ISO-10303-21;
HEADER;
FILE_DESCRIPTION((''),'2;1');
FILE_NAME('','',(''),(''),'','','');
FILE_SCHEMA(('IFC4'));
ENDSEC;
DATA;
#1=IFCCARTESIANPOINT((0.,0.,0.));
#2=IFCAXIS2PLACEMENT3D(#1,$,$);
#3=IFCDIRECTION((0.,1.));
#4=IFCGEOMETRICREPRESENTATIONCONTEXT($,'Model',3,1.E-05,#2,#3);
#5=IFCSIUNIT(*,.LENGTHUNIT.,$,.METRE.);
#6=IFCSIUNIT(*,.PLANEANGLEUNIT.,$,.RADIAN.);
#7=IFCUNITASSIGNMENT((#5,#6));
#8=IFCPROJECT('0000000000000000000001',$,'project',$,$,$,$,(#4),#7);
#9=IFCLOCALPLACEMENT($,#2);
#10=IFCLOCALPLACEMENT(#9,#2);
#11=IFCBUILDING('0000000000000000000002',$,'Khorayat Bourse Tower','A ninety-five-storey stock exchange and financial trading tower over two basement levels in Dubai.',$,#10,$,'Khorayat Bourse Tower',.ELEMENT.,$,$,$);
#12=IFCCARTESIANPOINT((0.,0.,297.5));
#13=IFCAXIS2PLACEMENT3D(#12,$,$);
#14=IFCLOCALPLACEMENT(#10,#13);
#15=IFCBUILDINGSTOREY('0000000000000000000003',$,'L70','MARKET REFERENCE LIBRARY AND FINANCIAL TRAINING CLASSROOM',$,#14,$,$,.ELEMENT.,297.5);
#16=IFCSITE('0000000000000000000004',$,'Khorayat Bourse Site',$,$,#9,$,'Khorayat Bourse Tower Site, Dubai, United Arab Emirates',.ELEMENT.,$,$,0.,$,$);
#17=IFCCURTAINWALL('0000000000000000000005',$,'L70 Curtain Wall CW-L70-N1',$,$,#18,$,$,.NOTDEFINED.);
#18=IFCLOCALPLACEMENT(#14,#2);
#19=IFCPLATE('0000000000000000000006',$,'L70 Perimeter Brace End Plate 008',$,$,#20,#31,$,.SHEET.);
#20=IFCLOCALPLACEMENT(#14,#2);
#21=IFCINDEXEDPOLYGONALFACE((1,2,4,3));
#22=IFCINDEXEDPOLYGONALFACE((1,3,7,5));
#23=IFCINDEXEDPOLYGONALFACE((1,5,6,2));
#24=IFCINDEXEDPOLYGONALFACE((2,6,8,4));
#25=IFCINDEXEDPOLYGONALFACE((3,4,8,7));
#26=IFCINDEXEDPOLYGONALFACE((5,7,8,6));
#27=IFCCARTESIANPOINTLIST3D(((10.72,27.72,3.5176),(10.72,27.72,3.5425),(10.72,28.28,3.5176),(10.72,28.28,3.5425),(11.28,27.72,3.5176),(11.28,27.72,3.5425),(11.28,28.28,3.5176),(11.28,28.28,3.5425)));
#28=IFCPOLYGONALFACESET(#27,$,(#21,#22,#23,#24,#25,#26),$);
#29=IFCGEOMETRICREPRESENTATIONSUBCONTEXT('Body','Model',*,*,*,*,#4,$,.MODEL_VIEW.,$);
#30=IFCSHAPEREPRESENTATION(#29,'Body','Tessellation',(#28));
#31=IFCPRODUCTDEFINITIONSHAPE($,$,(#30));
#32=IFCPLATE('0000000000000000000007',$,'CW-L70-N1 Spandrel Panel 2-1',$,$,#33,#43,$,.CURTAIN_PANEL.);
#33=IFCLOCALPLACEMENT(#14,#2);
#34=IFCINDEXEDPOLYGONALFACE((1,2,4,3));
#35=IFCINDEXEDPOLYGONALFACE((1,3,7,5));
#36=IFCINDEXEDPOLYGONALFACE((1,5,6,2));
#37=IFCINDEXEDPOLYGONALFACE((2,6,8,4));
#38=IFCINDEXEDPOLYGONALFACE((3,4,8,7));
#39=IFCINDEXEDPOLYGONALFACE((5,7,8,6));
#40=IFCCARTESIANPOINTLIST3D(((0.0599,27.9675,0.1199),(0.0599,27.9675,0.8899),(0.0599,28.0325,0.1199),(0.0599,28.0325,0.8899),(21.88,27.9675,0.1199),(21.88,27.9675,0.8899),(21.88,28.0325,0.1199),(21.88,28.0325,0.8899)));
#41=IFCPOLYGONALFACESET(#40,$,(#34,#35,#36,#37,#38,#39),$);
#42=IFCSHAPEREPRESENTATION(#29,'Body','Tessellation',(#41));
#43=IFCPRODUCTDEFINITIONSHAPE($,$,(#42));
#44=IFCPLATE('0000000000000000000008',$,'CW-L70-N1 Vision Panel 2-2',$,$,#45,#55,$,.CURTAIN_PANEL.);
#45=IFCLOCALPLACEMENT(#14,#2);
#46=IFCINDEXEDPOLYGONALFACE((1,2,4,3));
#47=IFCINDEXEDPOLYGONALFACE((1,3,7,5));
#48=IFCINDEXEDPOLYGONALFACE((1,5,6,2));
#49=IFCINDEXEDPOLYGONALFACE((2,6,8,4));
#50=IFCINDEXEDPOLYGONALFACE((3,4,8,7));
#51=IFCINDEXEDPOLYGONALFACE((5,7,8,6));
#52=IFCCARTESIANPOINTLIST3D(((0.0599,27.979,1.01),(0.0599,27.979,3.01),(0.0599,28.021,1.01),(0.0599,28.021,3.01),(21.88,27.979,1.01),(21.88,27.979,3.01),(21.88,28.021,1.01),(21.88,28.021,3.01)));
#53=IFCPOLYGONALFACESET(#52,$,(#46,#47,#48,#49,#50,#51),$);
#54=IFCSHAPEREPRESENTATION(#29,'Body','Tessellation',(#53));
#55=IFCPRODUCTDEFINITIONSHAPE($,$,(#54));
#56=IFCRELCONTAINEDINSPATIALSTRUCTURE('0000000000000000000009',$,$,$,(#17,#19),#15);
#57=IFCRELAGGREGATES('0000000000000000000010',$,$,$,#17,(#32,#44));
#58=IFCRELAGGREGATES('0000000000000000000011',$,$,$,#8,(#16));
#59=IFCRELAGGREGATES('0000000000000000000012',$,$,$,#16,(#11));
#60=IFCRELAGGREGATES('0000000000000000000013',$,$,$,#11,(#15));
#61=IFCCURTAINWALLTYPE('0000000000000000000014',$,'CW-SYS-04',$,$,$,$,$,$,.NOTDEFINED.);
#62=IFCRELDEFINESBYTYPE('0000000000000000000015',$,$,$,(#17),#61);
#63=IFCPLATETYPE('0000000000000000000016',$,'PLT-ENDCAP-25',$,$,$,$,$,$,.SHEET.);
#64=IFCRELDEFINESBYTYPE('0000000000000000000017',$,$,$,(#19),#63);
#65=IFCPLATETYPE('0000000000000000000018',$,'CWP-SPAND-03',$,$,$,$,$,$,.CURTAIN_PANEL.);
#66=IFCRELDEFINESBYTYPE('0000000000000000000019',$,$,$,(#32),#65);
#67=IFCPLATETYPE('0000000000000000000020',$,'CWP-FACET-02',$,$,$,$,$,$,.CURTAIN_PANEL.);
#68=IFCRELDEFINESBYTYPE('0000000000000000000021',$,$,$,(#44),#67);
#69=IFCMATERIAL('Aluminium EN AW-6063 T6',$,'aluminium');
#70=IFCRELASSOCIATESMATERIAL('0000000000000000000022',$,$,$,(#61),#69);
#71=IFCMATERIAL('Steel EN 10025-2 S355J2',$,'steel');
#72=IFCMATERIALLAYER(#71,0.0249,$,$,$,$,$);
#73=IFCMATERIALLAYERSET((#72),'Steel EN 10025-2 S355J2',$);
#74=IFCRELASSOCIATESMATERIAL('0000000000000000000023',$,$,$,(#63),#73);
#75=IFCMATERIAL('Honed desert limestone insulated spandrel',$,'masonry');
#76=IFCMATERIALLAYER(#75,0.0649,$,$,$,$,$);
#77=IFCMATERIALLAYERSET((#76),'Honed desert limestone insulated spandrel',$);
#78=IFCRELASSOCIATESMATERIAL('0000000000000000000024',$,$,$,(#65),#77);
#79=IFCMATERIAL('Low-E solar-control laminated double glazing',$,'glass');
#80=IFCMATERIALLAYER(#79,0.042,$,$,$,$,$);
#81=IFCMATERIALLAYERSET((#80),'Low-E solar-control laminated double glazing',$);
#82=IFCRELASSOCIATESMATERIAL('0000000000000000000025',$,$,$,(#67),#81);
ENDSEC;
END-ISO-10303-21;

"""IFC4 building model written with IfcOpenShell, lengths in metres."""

from ifc_helpers import new_model, si_unit, direction, frame, origin, origin_2d, place, context, subcontext, project, spatial, rectangle, extrude, source, transform, mapped, material, layer, layer_set, type_object, element, aggregate, save


model = new_model("IFC4")

# Units and contexts
model_context = context("Model", 3, precision=1e-05, world=origin(), true_north=direction((0.0, 1.0)))
body_context = subcontext(model_context, "Body", "Model", "MODEL_VIEW")
ifc_project = project(units=[si_unit("LENGTHUNIT", "METRE"), si_unit("PLANEANGLEUNIT", "RADIAN")], contexts=[model_context])

# Site, building, storey
site_placement = place(None, origin())
site = spatial("IfcSite", under=ifc_project, at=site_placement, Name="Khorayat Bourse Site", LongName="Khorayat Bourse Tower Site, Dubai, United Arab Emirates", CompositionType="ELEMENT", RefElevation=0.0)
building_placement = place(site_placement, origin())
building = spatial("IfcBuilding", under=site, at=building_placement, Name="Khorayat Bourse Tower", Description="A ninety-five-storey stock exchange and financial trading tower over two basement levels in Dubai.", LongName="Khorayat Bourse Tower", CompositionType="ELEMENT")
storey_placement = place(building_placement, frame((0.0, 0.0, 297.5)))
storey = spatial("IfcBuildingStorey", under=building, at=storey_placement, Name="L70", Description="MARKET REFERENCE LIBRARY AND FINANCIAL TRAINING CLASSROOM", CompositionType="ELEMENT", Elevation=297.5)

# Curtain wall
ifc_material_1 = material(Name="Aluminium EN AW-6063 T6", Category="aluminium")
curtain_wall_type = type_object("IfcCurtainWallType", Name="CW-SYS-04", PredefinedType="NOTDEFINED", material=ifc_material_1)
curtain_wall_placement = place(storey_placement, origin())
curtain_wall = element("IfcCurtainWall", 1, at=curtain_wall_placement, inside=storey, type_object=curtain_wall_type, Name="L70 Curtain Wall CW-L70-N1", PredefinedType="NOTDEFINED")

# Plate
ifc_material_2 = material(Name="Steel EN 10025-2 S355J2", Category="steel")
ifc_layer_1 = layer(ifc_material_2, 0.0249)
ifc_layer_set_1 = layer_set([ifc_layer_1], Name="Steel EN 10025-2 S355J2")
plate_type_1 = type_object("IfcPlateType", Name="PLT-ENDCAP-25", PredefinedType="SHEET", material=ifc_layer_set_1)
shared_shape_1 = source(origin(), body_context, "Body", "SweptSolid", [
    extrude(rectangle(XDim=0.5601, YDim=0.5601, at=origin_2d()), origin(), (0.0, 0.0, 1.0), 0.0249),
])
for number, where, z_axis, x_axis, name in (
    (2, (11.0, 28.0, 3.5176), (0.0, 0.0, 1.0), (1.0, 0.0, 0.0), "L70 Perimeter Brace End Plate 008"),
):
    element("IfcPlate", number, at=place(storey_placement, frame(where, z_axis=z_axis, x_axis=x_axis)), inside=storey, type_object=plate_type_1, Name=name, PredefinedType="SHEET", context=body_context, shape_type="MappedRepresentation", body=[
        mapped(shared_shape_1, transform((0.0, 0.0, 0.0), scale=1.0)),
    ])

# Plates
ifc_material_3 = material(Name="Honed desert limestone insulated spandrel", Category="masonry")
ifc_layer_2 = layer(ifc_material_3, 0.0649)
ifc_layer_set_2 = layer_set([ifc_layer_2], Name="Honed desert limestone insulated spandrel")
plate_type_2 = type_object("IfcPlateType", Name="CWP-SPAND-03", PredefinedType="CURTAIN_PANEL", material=ifc_layer_set_2)
shared_shape_2 = source(origin(), body_context, "Body", "SweptSolid", [
    extrude(rectangle(XDim=21.8201, YDim=0.0649, at=origin_2d()), origin(), (0.0, 0.0, 1.0), 0.77),
])
plate_1_placement = place(storey_placement, frame((10.97, 28.0, 0.1199), z_axis=(0.0, 0.0, 1.0), x_axis=(1.0, 0.0, 0.0)))
plate_1 = element("IfcPlate", 3, at=plate_1_placement, type_object=plate_type_2, Name="CW-L70-N1 Spandrel Panel 2-1", PredefinedType="CURTAIN_PANEL", context=body_context, shape_type="MappedRepresentation", body=[
    mapped(shared_shape_2, transform((0.0, 0.0, 0.0), scale=1.0)),
])
ifc_material_4 = material(Name="Low-E solar-control laminated double glazing", Category="glass")
ifc_layer_3 = layer(ifc_material_4, 0.042)
ifc_layer_set_3 = layer_set([ifc_layer_3], Name="Low-E solar-control laminated double glazing")
plate_type_3 = type_object("IfcPlateType", Name="CWP-FACET-02", PredefinedType="CURTAIN_PANEL", material=ifc_layer_set_3)
shared_shape_3 = source(origin(), body_context, "Body", "SweptSolid", [
    extrude(rectangle(XDim=21.8201, YDim=0.042, at=origin_2d()), origin(), (0.0, 0.0, 1.0), 2.0),
])
plate_2_placement = place(storey_placement, frame((10.97, 28.0, 1.01), z_axis=(0.0, 0.0, 1.0), x_axis=(1.0, 0.0, 0.0)))
plate_2 = element("IfcPlate", 4, at=plate_2_placement, type_object=plate_type_3, Name="CW-L70-N1 Vision Panel 2-2", PredefinedType="CURTAIN_PANEL", context=body_context, shape_type="MappedRepresentation", body=[
    mapped(shared_shape_3, transform((0.0, 0.0, 0.0), scale=1.0)),
])
aggregate(curtain_wall, [plate_1, plate_2])

save(model, "model.ifc")
